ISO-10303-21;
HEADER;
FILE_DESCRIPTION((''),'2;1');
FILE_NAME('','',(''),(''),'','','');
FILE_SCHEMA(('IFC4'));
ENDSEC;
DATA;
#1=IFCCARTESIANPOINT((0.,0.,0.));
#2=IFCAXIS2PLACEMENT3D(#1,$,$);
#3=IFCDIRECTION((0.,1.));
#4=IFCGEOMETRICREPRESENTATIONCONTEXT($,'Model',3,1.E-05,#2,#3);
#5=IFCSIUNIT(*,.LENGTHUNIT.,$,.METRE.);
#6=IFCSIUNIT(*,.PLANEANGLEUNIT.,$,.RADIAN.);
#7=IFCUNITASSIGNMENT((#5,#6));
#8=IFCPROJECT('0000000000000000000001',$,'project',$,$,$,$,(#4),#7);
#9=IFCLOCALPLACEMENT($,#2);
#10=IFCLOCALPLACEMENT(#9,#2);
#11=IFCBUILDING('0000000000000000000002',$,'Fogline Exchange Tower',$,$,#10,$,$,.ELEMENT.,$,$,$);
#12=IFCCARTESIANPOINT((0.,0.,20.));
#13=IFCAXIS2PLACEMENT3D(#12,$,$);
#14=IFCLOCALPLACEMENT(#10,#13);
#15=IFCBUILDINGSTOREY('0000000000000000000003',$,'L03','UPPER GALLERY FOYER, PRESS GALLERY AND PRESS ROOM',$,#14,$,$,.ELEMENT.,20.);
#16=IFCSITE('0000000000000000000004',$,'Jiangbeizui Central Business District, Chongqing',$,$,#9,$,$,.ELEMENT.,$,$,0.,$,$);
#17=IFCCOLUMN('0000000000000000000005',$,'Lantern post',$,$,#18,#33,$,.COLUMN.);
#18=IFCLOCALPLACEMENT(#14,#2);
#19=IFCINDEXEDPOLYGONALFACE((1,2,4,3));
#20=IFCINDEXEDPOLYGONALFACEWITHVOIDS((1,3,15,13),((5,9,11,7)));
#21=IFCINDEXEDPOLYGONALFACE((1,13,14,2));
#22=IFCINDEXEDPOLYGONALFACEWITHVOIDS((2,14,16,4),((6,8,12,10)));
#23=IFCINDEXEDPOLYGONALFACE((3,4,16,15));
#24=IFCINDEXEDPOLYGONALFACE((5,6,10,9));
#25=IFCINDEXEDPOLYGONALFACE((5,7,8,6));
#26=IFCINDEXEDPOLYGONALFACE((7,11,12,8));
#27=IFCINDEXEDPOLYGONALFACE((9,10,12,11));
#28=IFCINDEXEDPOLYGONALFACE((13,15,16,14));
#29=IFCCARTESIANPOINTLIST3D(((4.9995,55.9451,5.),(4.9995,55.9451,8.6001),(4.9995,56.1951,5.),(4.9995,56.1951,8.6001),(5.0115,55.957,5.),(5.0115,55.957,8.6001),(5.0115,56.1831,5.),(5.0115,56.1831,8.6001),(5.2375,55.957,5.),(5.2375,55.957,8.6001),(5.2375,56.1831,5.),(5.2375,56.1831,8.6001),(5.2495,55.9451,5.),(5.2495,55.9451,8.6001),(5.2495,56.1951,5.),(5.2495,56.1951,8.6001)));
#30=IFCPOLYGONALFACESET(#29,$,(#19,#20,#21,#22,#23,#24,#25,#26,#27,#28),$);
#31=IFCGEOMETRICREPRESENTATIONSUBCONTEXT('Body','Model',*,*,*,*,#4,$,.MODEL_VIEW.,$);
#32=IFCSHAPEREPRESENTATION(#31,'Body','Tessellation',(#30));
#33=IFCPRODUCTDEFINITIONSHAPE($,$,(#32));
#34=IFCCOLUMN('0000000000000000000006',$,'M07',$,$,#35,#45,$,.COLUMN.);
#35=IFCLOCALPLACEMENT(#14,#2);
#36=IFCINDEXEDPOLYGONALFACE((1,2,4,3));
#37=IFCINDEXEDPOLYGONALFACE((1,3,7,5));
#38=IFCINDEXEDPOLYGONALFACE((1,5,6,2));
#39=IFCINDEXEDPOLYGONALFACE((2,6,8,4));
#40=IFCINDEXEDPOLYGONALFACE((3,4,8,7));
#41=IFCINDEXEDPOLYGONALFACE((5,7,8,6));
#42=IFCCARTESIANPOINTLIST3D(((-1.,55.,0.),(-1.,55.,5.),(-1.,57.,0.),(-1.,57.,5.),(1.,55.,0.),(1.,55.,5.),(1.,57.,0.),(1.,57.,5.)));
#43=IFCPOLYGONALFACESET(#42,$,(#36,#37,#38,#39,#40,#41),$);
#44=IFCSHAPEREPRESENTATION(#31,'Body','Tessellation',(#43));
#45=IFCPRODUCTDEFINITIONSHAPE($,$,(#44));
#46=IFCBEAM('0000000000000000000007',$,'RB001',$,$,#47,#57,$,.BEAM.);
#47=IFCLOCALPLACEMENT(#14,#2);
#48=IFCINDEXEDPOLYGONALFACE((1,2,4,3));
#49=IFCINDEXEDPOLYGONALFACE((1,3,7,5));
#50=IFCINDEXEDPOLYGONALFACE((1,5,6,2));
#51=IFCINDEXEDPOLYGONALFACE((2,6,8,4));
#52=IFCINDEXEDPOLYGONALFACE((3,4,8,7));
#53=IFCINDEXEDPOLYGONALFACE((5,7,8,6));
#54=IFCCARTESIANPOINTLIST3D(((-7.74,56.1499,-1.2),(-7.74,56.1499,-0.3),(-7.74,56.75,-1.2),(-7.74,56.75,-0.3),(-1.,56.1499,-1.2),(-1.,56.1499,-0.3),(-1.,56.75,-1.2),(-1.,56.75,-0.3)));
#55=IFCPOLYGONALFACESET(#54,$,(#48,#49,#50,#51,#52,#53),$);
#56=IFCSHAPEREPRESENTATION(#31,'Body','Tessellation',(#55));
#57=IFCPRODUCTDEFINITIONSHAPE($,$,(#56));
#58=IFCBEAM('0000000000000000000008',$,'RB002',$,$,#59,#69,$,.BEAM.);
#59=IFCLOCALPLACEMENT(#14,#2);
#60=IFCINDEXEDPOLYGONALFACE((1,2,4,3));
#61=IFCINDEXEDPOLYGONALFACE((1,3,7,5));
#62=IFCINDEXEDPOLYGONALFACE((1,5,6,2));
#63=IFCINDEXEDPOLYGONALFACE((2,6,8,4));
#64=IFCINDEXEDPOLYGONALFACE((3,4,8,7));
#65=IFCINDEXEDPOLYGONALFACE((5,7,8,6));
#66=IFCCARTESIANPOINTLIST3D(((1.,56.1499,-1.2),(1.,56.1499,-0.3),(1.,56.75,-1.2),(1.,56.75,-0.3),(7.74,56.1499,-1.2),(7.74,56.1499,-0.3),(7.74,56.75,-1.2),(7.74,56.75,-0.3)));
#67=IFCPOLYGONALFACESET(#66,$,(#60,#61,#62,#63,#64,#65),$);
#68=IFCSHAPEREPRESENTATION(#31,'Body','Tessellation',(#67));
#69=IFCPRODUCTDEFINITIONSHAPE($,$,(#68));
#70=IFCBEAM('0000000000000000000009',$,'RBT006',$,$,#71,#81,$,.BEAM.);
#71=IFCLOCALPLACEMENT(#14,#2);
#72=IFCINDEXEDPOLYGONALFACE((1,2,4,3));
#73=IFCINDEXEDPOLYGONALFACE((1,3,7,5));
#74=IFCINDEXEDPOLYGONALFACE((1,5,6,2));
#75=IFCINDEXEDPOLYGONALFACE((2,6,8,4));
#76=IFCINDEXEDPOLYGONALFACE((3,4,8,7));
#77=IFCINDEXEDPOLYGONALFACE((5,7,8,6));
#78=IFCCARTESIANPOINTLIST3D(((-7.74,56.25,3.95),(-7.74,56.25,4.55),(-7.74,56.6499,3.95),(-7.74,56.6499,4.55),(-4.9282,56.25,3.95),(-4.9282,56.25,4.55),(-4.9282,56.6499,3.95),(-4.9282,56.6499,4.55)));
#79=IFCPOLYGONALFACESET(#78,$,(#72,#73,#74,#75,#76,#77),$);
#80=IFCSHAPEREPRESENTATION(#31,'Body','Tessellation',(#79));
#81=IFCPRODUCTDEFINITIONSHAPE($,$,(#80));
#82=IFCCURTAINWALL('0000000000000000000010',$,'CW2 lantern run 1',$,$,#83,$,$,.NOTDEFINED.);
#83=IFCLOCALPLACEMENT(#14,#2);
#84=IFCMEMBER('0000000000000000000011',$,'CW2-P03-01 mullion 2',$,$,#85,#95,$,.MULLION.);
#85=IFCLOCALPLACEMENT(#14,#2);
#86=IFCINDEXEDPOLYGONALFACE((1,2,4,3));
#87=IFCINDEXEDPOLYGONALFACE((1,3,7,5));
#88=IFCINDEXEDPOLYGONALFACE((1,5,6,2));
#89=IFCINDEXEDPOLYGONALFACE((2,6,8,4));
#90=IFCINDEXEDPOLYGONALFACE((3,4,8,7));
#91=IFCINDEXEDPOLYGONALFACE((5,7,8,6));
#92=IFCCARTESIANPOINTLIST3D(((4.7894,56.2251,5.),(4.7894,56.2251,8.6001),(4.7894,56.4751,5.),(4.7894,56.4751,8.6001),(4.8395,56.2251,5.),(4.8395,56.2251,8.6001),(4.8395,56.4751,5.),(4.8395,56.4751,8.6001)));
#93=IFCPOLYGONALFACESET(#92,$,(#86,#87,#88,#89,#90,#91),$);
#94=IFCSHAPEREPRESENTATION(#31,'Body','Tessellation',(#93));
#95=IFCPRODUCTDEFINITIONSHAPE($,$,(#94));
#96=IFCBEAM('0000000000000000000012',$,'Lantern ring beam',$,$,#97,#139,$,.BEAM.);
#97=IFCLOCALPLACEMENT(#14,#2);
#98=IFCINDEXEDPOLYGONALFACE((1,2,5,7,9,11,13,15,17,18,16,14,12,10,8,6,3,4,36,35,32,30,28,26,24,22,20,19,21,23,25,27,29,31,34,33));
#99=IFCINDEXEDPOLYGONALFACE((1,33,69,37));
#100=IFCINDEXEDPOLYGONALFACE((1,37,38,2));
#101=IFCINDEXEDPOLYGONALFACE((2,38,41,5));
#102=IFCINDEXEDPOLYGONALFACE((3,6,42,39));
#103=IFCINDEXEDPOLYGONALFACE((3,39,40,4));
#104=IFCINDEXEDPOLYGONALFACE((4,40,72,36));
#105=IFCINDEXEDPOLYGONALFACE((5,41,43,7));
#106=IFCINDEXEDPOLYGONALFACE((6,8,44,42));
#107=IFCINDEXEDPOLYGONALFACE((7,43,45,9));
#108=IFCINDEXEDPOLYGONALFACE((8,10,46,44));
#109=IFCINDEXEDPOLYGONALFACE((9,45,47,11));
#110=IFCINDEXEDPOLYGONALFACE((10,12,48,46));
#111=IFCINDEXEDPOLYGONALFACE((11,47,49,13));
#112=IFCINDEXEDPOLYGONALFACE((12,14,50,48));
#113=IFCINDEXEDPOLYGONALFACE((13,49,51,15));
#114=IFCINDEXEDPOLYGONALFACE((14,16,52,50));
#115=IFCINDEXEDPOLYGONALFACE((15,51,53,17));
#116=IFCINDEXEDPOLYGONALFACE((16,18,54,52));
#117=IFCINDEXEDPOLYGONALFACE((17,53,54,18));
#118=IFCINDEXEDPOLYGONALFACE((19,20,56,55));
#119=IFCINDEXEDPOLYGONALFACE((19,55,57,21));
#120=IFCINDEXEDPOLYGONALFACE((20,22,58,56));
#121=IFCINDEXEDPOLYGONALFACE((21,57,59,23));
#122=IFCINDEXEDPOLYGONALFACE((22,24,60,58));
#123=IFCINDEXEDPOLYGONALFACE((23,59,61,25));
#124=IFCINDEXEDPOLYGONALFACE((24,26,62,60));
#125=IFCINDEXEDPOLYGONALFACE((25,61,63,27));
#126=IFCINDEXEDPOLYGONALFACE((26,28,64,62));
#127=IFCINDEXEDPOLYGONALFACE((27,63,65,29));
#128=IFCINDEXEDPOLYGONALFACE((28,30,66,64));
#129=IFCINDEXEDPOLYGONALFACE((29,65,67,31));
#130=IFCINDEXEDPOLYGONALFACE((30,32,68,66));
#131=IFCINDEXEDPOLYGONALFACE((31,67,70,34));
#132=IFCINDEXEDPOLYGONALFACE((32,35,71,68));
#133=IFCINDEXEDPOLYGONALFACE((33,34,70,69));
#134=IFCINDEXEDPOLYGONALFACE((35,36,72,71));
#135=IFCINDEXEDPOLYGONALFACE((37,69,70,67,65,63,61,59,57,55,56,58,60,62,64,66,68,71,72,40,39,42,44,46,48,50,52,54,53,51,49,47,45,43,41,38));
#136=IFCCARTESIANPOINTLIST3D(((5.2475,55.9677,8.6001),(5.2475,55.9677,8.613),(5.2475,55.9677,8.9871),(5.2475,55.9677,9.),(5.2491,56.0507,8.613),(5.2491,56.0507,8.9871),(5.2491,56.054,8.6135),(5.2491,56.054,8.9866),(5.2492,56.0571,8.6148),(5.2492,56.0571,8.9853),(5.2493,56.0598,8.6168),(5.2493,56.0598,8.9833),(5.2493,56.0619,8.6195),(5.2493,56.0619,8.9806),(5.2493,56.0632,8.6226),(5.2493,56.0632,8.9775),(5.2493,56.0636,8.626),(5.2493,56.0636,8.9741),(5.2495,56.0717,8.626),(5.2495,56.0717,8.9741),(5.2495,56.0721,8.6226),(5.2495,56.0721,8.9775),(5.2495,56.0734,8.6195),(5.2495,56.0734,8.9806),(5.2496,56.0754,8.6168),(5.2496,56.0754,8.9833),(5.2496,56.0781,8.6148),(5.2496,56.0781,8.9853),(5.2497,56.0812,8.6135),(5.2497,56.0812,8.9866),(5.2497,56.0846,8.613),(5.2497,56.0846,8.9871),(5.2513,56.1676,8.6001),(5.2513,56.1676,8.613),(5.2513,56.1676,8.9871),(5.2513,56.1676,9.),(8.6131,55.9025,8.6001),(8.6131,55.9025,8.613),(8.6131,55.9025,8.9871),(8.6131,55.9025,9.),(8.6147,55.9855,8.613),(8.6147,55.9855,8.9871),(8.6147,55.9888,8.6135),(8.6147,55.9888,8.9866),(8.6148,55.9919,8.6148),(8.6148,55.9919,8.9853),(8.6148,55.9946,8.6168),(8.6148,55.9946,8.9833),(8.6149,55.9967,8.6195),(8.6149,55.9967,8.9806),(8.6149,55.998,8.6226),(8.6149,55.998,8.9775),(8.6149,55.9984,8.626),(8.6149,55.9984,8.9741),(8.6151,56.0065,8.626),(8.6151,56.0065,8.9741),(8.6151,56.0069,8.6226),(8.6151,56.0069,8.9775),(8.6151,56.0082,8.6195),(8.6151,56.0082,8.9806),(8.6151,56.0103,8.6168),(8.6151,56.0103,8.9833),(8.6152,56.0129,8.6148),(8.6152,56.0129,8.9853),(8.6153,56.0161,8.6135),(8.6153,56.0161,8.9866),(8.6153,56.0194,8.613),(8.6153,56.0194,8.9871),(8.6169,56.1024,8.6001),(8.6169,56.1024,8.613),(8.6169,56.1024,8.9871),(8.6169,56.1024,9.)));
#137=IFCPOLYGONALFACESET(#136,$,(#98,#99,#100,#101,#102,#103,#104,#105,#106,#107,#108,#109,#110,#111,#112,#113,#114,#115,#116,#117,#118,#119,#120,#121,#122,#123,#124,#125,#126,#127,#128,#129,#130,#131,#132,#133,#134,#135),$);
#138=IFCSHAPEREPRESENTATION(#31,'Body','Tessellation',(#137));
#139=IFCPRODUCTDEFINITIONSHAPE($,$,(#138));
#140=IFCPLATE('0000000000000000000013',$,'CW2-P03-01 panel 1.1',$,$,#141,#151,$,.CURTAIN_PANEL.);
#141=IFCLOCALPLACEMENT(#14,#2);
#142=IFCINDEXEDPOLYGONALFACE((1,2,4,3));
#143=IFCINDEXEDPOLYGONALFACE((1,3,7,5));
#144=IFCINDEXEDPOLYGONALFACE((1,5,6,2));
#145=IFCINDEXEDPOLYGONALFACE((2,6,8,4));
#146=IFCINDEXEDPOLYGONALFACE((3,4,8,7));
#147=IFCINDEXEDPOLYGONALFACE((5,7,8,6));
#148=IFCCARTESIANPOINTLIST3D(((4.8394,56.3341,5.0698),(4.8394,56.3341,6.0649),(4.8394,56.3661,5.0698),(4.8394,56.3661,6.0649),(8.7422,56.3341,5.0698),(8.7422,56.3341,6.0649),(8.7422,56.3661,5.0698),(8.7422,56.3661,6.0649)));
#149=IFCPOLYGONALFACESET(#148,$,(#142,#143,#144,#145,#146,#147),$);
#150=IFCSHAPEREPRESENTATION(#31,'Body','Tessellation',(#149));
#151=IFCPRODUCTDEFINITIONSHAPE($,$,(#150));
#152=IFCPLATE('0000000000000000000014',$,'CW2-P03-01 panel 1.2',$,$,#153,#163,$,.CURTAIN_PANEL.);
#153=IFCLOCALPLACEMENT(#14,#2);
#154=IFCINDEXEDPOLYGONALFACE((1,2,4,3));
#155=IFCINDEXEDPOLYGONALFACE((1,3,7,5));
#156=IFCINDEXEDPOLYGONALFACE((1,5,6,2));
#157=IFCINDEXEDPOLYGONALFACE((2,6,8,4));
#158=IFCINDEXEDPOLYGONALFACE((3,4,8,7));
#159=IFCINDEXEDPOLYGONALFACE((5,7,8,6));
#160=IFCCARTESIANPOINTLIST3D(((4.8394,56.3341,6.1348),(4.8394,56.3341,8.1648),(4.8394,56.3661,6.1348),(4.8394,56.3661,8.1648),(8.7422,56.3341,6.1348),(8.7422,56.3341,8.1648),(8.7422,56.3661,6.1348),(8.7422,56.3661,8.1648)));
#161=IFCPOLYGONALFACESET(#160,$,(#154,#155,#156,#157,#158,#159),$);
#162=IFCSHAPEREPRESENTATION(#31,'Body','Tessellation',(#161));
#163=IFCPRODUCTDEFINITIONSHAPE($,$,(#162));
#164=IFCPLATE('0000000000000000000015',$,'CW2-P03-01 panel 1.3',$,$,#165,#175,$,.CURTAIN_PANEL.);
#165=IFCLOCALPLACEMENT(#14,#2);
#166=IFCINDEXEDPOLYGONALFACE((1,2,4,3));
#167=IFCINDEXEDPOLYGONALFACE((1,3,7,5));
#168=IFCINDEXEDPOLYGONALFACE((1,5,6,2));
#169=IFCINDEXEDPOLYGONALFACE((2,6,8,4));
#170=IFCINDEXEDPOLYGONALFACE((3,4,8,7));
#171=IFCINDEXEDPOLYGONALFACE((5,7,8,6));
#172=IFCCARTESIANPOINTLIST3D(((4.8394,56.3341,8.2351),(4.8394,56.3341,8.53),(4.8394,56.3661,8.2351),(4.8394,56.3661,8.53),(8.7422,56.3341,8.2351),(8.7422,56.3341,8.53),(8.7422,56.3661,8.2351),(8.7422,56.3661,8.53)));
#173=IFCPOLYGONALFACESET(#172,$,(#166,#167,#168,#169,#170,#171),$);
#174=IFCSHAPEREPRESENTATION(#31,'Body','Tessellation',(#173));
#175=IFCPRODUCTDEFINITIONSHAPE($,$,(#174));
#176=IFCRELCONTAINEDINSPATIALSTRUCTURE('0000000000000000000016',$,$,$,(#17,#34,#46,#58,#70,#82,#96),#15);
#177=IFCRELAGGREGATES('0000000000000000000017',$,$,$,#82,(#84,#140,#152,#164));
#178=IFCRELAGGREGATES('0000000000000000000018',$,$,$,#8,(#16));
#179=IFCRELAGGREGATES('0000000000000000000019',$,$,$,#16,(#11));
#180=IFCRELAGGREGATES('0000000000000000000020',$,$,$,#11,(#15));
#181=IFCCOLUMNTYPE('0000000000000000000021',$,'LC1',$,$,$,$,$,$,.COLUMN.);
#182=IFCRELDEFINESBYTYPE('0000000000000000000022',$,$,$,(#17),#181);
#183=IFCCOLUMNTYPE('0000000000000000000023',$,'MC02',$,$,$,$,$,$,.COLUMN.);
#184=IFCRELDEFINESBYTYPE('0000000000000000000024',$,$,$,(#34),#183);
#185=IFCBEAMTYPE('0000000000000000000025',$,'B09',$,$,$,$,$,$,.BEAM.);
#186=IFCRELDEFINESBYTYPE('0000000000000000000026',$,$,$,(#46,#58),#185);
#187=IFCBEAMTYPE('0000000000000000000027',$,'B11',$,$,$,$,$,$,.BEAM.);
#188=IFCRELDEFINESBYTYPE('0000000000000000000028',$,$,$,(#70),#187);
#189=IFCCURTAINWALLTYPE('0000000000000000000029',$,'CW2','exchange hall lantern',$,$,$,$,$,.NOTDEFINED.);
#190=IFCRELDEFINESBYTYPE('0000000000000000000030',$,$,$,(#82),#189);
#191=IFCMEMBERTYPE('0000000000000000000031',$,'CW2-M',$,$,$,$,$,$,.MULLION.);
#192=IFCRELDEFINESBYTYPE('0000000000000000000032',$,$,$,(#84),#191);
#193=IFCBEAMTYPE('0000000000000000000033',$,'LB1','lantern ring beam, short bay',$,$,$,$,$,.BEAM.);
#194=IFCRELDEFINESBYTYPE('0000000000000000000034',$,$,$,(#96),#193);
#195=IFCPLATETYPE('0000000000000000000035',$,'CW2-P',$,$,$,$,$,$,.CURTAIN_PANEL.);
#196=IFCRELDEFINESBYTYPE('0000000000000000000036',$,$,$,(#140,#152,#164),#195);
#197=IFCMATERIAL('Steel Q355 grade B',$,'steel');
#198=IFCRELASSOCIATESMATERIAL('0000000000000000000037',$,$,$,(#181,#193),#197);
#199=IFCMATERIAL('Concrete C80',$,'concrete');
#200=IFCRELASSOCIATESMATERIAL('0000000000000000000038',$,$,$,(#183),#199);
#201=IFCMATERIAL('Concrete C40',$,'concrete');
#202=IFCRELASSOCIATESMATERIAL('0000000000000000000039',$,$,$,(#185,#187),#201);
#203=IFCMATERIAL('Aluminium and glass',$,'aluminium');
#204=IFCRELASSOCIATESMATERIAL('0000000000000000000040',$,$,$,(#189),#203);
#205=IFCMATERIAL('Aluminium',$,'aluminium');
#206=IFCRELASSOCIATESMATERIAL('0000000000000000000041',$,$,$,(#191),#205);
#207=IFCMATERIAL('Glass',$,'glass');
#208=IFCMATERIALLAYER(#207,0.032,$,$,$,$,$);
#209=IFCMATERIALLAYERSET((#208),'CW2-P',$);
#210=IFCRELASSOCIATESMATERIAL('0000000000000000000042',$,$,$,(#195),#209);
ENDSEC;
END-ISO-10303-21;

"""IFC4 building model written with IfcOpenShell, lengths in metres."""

from ifc_helpers import new_model, si_unit, direction, frame, origin, origin_2d, place, context, subcontext, project, spatial, rectangle, hollow_rectangle, i_section, extrude, material, layer, layer_set, material_profile, profile_set, type_object, element, aggregate, save


model = new_model("IFC4")

# Units and contexts
model_context = context("Model", 3, precision=1e-05, world=origin(), true_north=direction((0.0, 1.0)))
body_context = subcontext(model_context, "Body", "Model", "MODEL_VIEW")
ifc_project = project(units=[si_unit("LENGTHUNIT", "METRE"), si_unit("PLANEANGLEUNIT", "RADIAN")], contexts=[model_context])

# Site, building, storey
site_placement = place(None, origin())
site = spatial("IfcSite", under=ifc_project, at=site_placement, Name="Jiangbeizui Central Business District, Chongqing", CompositionType="ELEMENT", RefElevation=0.0)
building_placement = place(site_placement, origin())
building = spatial("IfcBuilding", under=site, at=building_placement, Name="Fogline Exchange Tower", CompositionType="ELEMENT")
storey_placement = place(building_placement, frame((0.0, 0.0, 20.0)))
storey = spatial("IfcBuildingStorey", under=building, at=storey_placement, Name="L03", Description="UPPER GALLERY FOYER, PRESS GALLERY AND PRESS ROOM", CompositionType="ELEMENT", Elevation=20.0)

# Columns
ifc_material_1 = material(Name="Steel Q355 grade B", Category="steel")
ifc_material_profile_1 = material_profile(ifc_material_1, hollow_rectangle(XDim=0.25, YDim=0.25, WallThickness=0.012, at=origin_2d()), Name="RHS 250x250x12")
ifc_profile_set_1 = profile_set([ifc_material_profile_1], Name="Steel Q355 grade B")
column_type_1 = type_object("IfcColumnType", Name="LC1", PredefinedType="COLUMN", material=ifc_profile_set_1)
column_1_placement = place(storey_placement, frame((5.1245, 56.0701, 5.0), z_axis=(0.0, 0.0, 1.0), x_axis=(1.0, 0.0, 0.0)))
element("IfcColumn", 1, at=column_1_placement, inside=storey, type_object=column_type_1, Name="Lantern post", PredefinedType="COLUMN", context=body_context, shape_type="SweptSolid", body=[
    extrude(hollow_rectangle(XDim=0.25, YDim=0.25, WallThickness=0.012, at=origin_2d()), origin(), (0.0, 0.0, 1.0), 3.6001),
])
ifc_material_2 = material(Name="Concrete C80", Category="concrete")
ifc_material_profile_2 = material_profile(ifc_material_2, rectangle(XDim=2.0, YDim=2.0, at=origin_2d()), Name="RC 2000x2000")
ifc_profile_set_2 = profile_set([ifc_material_profile_2], Name="Concrete C80")
column_type_2 = type_object("IfcColumnType", Name="MC02", PredefinedType="COLUMN", material=ifc_profile_set_2)
column_2_placement = place(storey_placement, frame((0.0, 56.0, 0.0), z_axis=(0.0, 0.0, 1.0), x_axis=(1.0, 0.0, 0.0)))
element("IfcColumn", 2, at=column_2_placement, inside=storey, type_object=column_type_2, Name="M07", PredefinedType="COLUMN", context=body_context, shape_type="SweptSolid", body=[
    extrude(rectangle(XDim=2.0, YDim=2.0, at=origin_2d()), origin(), (0.0, 0.0, 1.0), 5.0),
])

# Beams
ifc_material_3 = material(Name="Concrete C40", Category="concrete")
ifc_material_profile_3 = material_profile(ifc_material_3, rectangle(XDim=0.6001, YDim=0.8999, at=origin_2d()), Name="RC 600x900")
ifc_profile_set_3 = profile_set([ifc_material_profile_3], Name="Concrete C40")
beam_type_1 = type_object("IfcBeamType", Name="B09", PredefinedType="BEAM", material=ifc_profile_set_3)
for number, where, z_axis, x_axis, name in (
    (3, (-7.74, 56.45, -0.75), (1.0, 0.0, 0.0), (0.0, 1.0, 0.0), "RB001"),
    (4, (1.0, 56.45, -0.75), (1.0, 0.0, 0.0), (0.0, 1.0, 0.0), "RB002"),
):
    element("IfcBeam", number, at=place(storey_placement, frame(where, z_axis=z_axis, x_axis=x_axis)), inside=storey, type_object=beam_type_1, Name=name, PredefinedType="BEAM", context=body_context, shape_type="SweptSolid", body=[
        extrude(rectangle(XDim=0.6001, YDim=0.8999, at=origin_2d()), origin(), (0.0, 0.0, 1.0), 6.74),
    ])
ifc_material_profile_4 = material_profile(ifc_material_3, rectangle(XDim=0.3999, YDim=0.6001, at=origin_2d()), Name="RC 400x600")
ifc_profile_set_4 = profile_set([ifc_material_profile_4], Name="Concrete C40")
beam_type_2 = type_object("IfcBeamType", Name="B11", PredefinedType="BEAM", material=ifc_profile_set_4)
beam_1_placement = place(storey_placement, frame((-7.74, 56.45, 4.25), z_axis=(1.0, 0.0, 0.0), x_axis=(0.0, 1.0, 0.0)))
element("IfcBeam", 5, at=beam_1_placement, inside=storey, type_object=beam_type_2, Name="RBT006", PredefinedType="BEAM", context=body_context, shape_type="SweptSolid", body=[
    extrude(rectangle(XDim=0.3999, YDim=0.6001, at=origin_2d()), origin(), (0.0, 0.0, 1.0), 2.8118),
])

# Curtain wall, member
ifc_material_4 = material(Name="Aluminium and glass", Category="aluminium")
curtain_wall_type = type_object("IfcCurtainWallType", Name="CW2", Description="exchange hall lantern", PredefinedType="NOTDEFINED", material=ifc_material_4)
curtain_wall_placement = place(storey_placement, origin())
curtain_wall = element("IfcCurtainWall", 6, at=curtain_wall_placement, inside=storey, type_object=curtain_wall_type, Name="CW2 lantern run 1", PredefinedType="NOTDEFINED")
ifc_material_5 = material(Name="Aluminium", Category="aluminium")
ifc_material_profile_5 = material_profile(ifc_material_5, rectangle(XDim=0.25, YDim=0.05, at=origin_2d()), Name="Mullion 50x250")
ifc_profile_set_5 = profile_set([ifc_material_profile_5], Name="Aluminium")
member_type = type_object("IfcMemberType", Name="CW2-M", PredefinedType="MULLION", material=ifc_profile_set_5)
member_placement = place(storey_placement, frame((4.8145, 56.3501, 5.0), z_axis=(0.0, 0.0, 1.0), x_axis=(0.0, -1.0, 0.0)))
member = element("IfcMember", 7, at=member_placement, type_object=member_type, Name="CW2-P03-01 mullion 2", PredefinedType="MULLION", context=body_context, shape_type="SweptSolid", body=[
    extrude(rectangle(XDim=0.25, YDim=0.05, at=origin_2d()), origin(), (0.0, 0.0, 1.0), 3.6001),
])

# Beam
ifc_material_profile_6 = material_profile(ifc_material_1, i_section(OverallWidth=0.2, OverallDepth=0.3999, WebThickness=0.0081, FlangeThickness=0.0129, FilletRadius=0.0129, at=origin_2d()), Name="HN400X200X8X13")
ifc_profile_set_6 = profile_set([ifc_material_profile_6], Name="Steel Q355 grade B")
beam_type_3 = type_object("IfcBeamType", Name="LB1", Description="lantern ring beam, short bay", PredefinedType="BEAM", material=ifc_profile_set_6)
beam_2_placement = place(storey_placement, frame((8.615, 56.0024, 8.8), z_axis=(-0.999812, 0.019365, 0.0), x_axis=(-0.019365, -0.999812, 0.0)))
element("IfcBeam", 8, at=beam_2_placement, inside=storey, type_object=beam_type_3, Name="Lantern ring beam", PredefinedType="BEAM", context=body_context, shape_type="SweptSolid", body=[
    extrude(i_section(OverallWidth=0.2, OverallDepth=0.3999, WebThickness=0.0081, FlangeThickness=0.0129, FilletRadius=0.0129, at=origin_2d()), origin(), (0.0, 0.0, 1.0), 3.3662),
])

# Plates
ifc_material_6 = material(Name="Glass", Category="glass")
ifc_layer_1 = layer(ifc_material_6, 0.032)
ifc_layer_set_1 = layer_set([ifc_layer_1], Name="CW2-P")
plate_type = type_object("IfcPlateType", Name="CW2-P", PredefinedType="CURTAIN_PANEL", material=ifc_layer_set_1)
plate_1_placement = place(storey_placement, frame((6.7908, 56.3501, 5.0698), z_axis=(0.0, 0.0, 1.0), x_axis=(-1.0, 0.0, 0.0)))
plate_1 = element("IfcPlate", 9, at=plate_1_placement, type_object=plate_type, Name="CW2-P03-01 panel 1.1", PredefinedType="CURTAIN_PANEL", context=body_context, shape_type="SweptSolid", body=[
    extrude(rectangle(XDim=3.9028, YDim=0.032, at=origin_2d()), origin(), (0.0, 0.0, 1.0), 0.9951),
])
plate_2_placement = place(storey_placement, frame((6.7908, 56.3501, 6.1348), z_axis=(0.0, 0.0, 1.0), x_axis=(-1.0, 0.0, 0.0)))
plate_2 = element("IfcPlate", 10, at=plate_2_placement, type_object=plate_type, Name="CW2-P03-01 panel 1.2", PredefinedType="CURTAIN_PANEL", context=body_context, shape_type="SweptSolid", body=[
    extrude(rectangle(XDim=3.9028, YDim=0.032, at=origin_2d()), origin(), (0.0, 0.0, 1.0), 2.03),
])
plate_3_placement = place(storey_placement, frame((6.7908, 56.3501, 8.2351), z_axis=(0.0, 0.0, 1.0), x_axis=(-1.0, 0.0, 0.0)))
plate_3 = element("IfcPlate", 11, at=plate_3_placement, type_object=plate_type, Name="CW2-P03-01 panel 1.3", PredefinedType="CURTAIN_PANEL", context=body_context, shape_type="SweptSolid", body=[
    extrude(rectangle(XDim=3.9028, YDim=0.032, at=origin_2d()), origin(), (0.0, 0.0, 1.0), 0.2949),
])
aggregate(curtain_wall, [member, plate_1, plate_2, plate_3])

save(model, "model.ifc")
